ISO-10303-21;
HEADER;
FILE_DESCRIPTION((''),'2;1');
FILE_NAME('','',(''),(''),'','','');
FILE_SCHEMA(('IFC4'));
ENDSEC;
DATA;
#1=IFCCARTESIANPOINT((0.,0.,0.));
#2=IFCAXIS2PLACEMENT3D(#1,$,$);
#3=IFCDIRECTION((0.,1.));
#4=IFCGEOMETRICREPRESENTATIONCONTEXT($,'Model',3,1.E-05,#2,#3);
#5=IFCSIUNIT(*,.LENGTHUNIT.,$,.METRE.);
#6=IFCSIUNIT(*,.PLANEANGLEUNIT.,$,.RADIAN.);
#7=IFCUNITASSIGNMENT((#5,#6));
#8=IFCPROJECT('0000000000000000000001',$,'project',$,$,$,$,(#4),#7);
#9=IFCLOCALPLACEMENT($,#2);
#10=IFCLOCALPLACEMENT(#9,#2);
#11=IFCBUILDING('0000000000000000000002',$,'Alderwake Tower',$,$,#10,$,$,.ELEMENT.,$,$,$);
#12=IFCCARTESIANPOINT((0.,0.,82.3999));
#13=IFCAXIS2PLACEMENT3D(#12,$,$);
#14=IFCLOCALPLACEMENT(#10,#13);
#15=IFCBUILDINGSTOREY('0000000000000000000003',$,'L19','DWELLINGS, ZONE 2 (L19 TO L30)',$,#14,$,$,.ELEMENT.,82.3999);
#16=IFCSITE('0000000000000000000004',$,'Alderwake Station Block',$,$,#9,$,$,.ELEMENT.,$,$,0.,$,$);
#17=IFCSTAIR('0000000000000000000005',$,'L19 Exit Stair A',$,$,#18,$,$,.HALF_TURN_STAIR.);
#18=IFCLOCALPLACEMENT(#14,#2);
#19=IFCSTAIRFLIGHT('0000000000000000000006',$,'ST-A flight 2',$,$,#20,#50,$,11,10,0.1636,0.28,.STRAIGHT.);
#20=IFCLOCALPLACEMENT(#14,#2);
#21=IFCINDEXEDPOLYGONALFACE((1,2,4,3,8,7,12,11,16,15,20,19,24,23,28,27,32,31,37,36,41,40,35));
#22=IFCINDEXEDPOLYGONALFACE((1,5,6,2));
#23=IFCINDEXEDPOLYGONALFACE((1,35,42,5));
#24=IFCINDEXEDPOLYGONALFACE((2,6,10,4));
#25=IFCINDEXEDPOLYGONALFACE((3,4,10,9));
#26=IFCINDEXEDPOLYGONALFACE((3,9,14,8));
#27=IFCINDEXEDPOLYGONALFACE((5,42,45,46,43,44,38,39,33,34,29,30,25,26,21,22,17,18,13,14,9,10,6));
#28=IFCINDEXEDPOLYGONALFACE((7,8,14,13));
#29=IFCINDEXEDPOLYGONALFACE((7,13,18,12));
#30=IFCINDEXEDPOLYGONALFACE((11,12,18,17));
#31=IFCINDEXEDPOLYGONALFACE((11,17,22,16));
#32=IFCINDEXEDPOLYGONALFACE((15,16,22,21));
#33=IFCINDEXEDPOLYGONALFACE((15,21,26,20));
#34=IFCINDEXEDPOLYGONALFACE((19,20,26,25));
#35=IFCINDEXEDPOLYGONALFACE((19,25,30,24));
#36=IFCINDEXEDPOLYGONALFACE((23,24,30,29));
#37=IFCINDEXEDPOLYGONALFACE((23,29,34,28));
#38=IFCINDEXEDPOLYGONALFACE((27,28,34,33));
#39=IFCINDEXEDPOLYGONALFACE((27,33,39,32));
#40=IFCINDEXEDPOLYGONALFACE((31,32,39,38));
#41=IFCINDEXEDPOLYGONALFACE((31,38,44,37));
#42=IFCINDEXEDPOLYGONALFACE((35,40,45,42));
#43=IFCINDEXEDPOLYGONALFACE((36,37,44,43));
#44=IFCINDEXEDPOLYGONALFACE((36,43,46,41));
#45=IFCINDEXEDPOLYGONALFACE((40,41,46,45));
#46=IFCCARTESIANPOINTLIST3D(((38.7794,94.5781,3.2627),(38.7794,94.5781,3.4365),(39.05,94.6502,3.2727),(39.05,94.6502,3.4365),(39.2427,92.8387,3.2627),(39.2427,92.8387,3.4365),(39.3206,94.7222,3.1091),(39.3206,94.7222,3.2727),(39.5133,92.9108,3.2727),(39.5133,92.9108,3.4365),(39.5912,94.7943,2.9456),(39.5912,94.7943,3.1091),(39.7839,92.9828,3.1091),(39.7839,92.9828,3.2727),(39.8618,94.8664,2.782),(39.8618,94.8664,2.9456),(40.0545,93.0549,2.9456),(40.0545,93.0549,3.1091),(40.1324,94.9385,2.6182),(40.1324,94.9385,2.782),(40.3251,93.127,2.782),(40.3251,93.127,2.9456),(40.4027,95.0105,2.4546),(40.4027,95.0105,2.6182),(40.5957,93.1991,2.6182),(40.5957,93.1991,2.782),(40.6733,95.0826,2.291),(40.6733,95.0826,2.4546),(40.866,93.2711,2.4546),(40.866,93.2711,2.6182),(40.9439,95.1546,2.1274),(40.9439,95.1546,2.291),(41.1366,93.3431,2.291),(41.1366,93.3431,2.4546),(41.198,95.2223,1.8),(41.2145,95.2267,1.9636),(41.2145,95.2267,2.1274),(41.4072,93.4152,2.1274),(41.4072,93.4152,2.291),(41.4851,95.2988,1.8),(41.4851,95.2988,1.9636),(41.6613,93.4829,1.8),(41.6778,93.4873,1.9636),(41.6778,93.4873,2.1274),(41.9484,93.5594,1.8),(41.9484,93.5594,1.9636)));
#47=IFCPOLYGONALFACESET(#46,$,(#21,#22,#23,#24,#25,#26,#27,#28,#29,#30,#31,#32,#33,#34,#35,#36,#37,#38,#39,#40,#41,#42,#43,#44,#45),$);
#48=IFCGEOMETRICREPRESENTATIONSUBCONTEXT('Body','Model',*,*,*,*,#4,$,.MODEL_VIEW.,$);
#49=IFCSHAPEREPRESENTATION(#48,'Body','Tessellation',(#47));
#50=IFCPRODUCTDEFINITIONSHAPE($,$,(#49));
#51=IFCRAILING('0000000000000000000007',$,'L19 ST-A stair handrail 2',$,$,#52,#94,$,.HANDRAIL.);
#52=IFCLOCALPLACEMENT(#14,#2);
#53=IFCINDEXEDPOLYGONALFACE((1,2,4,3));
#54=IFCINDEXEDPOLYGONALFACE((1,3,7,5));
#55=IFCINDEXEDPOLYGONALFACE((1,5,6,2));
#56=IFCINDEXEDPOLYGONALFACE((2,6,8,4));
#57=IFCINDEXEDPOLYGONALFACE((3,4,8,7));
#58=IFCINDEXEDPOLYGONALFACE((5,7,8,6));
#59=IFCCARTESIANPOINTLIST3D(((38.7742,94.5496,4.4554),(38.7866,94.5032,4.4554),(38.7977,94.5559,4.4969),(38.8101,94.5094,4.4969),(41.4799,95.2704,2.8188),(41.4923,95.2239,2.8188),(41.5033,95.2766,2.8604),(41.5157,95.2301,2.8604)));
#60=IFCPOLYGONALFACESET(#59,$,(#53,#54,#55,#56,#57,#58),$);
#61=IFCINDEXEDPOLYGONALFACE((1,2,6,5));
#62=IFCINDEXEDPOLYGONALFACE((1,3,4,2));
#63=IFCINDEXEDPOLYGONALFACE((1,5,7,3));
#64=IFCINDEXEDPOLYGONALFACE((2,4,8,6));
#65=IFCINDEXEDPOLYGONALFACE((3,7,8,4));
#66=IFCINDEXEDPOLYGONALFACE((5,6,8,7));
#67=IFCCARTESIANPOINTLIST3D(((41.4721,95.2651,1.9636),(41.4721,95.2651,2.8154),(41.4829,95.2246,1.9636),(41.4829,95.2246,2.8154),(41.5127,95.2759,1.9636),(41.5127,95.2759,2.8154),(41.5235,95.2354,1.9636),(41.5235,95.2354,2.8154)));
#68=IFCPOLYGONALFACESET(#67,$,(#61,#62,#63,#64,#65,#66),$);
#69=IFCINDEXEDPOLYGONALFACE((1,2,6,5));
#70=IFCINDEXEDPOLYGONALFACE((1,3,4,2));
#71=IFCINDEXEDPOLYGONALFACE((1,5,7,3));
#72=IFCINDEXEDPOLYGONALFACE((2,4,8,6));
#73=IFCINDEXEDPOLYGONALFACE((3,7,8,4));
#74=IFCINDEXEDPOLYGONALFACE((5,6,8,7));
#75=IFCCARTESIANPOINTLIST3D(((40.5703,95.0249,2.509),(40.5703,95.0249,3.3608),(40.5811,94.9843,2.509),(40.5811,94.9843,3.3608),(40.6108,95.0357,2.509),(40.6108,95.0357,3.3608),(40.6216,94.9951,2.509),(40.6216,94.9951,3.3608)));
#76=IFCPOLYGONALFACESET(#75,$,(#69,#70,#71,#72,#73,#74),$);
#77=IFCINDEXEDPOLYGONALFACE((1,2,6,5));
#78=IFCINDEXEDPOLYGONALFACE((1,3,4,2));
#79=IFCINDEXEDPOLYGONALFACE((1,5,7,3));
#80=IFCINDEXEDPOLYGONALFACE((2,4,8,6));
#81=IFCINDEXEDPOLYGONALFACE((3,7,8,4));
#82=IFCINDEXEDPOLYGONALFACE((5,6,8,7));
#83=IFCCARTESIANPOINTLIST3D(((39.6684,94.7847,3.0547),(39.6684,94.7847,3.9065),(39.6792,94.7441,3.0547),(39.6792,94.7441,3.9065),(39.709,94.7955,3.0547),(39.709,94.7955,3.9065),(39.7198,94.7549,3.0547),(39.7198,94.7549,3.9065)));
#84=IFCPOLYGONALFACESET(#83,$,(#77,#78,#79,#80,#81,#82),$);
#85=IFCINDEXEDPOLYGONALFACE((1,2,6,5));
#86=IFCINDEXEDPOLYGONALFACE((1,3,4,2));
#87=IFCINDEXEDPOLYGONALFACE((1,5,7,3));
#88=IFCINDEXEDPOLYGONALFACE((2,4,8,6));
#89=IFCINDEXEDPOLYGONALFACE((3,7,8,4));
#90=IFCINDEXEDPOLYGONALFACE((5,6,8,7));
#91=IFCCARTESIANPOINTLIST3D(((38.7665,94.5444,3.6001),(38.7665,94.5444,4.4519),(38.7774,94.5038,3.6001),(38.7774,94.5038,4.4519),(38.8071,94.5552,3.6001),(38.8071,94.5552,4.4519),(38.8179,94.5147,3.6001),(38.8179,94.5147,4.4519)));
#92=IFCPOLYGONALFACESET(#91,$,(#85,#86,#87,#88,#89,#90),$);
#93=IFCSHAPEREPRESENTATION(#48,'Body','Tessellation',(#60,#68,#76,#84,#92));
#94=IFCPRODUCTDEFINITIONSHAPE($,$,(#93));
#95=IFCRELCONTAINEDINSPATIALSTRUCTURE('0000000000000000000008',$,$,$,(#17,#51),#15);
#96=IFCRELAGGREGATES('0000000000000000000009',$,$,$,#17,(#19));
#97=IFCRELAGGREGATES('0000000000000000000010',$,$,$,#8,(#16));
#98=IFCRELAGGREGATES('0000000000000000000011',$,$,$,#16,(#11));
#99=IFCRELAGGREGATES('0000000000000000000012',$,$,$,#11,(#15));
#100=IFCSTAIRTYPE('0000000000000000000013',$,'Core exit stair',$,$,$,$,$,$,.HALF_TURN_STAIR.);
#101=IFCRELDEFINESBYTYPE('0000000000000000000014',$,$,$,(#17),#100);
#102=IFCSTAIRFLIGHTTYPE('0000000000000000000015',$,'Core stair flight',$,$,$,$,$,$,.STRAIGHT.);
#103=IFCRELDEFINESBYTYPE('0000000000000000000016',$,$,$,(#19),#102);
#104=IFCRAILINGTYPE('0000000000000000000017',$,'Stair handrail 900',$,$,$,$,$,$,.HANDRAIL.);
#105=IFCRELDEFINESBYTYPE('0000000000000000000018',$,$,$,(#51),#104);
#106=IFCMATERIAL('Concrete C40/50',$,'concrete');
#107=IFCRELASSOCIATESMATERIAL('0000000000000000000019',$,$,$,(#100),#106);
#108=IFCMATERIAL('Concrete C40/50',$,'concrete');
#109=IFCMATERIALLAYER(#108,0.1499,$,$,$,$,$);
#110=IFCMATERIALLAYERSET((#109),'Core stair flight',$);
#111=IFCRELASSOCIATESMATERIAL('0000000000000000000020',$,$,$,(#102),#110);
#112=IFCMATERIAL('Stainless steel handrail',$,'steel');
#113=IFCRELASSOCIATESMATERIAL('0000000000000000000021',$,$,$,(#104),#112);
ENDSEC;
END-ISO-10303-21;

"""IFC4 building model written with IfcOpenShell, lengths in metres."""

from ifc_helpers import new_model, si_unit, direction, frame, origin, origin_2d, place, context, subcontext, project, spatial, polyline, rectangle, outline, extrude, material, layer, layer_set, type_object, element, aggregate, save


model = new_model("IFC4")

# Units and contexts
model_context = context("Model", 3, precision=1e-05, world=origin(), true_north=direction((0.0, 1.0)))
body_context = subcontext(model_context, "Body", "Model", "MODEL_VIEW")
ifc_project = project(units=[si_unit("LENGTHUNIT", "METRE"), si_unit("PLANEANGLEUNIT", "RADIAN")], contexts=[model_context])

# Site, building, storey
site_placement = place(None, origin())
site = spatial("IfcSite", under=ifc_project, at=site_placement, Name="Alderwake Station Block", CompositionType="ELEMENT", RefElevation=0.0)
building_placement = place(site_placement, origin())
building = spatial("IfcBuilding", under=site, at=building_placement, Name="Alderwake Tower", CompositionType="ELEMENT")
storey_placement = place(building_placement, frame((0.0, 0.0, 82.3999)))
storey = spatial("IfcBuildingStorey", under=building, at=storey_placement, Name="L19", Description="DWELLINGS, ZONE 2 (L19 TO L30)", CompositionType="ELEMENT", Elevation=82.3999)

# Stair, stair flight
ifc_material_1 = material(Name="Concrete C40/50", Category="concrete")
stair_type = type_object("IfcStairType", Name="Core exit stair", PredefinedType="HALF_TURN_STAIR", material=ifc_material_1)
stair_placement = place(storey_placement, origin())
stair = element("IfcStair", 1, at=stair_placement, inside=storey, type_object=stair_type, Name="L19 Exit Stair A", PredefinedType="HALF_TURN_STAIR")
ifc_material_2 = material(Name="Concrete C40/50", Category="concrete")
ifc_layer_1 = layer(ifc_material_2, 0.1499)
ifc_layer_set_1 = layer_set([ifc_layer_1], Name="Core stair flight")
stair_flight_type = type_object("IfcStairFlightType", Name="Core stair flight", PredefinedType="STRAIGHT", material=ifc_layer_set_1)
stair_flight_placement = place(storey_placement, frame((41.7168, 94.429, 1.8), z_axis=(0.0, 0.0, 1.0), x_axis=(-0.96631, -0.257382, 0.0)))
stair_flight = element("IfcStairFlight", 2, at=stair_flight_placement, type_object=stair_flight_type, Name="ST-A flight 2", NumberOfRisers=11, NumberOfTreads=10, PredefinedType="STRAIGHT", RiserHeight=0.1636, TreadLength=0.28, context=body_context, shape_type="SweptSolid", body=[
    extrude(outline(polyline([(0.0, 0.0), (0.0, 0.1636), (0.28, 0.1636), (0.28, 0.3274), (0.5601, 0.3274), (0.5601, 0.491), (0.8401, 0.491), (0.8401, 0.6545), (1.1201, 0.6545), (1.1201, 0.8181), (1.3999, 0.8181), (1.3999, 0.9819), (1.6799, 0.9819), (1.6799, 1.1455), (1.96, 1.1455), (1.96, 1.3091), (2.24, 1.3091), (2.24, 1.4727), (2.52, 1.4727), (2.52, 1.6365), (2.8, 1.6365), (2.8, 1.8), (2.8, 1.4626), (0.2971, 0.0), (0.0, 0.0)])), frame((0.0, 0.8999, 0.0), z_axis=(0.0, -1.0, 0.0), x_axis=(1.0, 0.0, 0.0)), (0.0, 0.0, 1.0), 1.8),
])
aggregate(stair, [stair_flight])

# Railing
ifc_material_3 = material(Name="Stainless steel handrail", Category="steel")
railing_type = type_object("IfcRailingType", Name="Stair handrail 900", PredefinedType="HANDRAIL", material=ifc_material_3)
railing_placement = place(storey_placement, frame((41.4978, 95.2502, 1.9636)))
element("IfcRailing", 3, at=railing_placement, inside=storey, type_object=railing_type, Name="L19 ST-A stair handrail 2", PredefinedType="HANDRAIL", context=body_context, shape_type="SweptSolid", body=[
    extrude(rectangle(XDim=0.0481, YDim=0.0481, at=origin_2d()), frame((0.0, 0.0, 0.876), z_axis=(-0.834259, -0.222228, 0.504605), x_axis=(0.257402, -0.966304, 0.0)), (0.0, 0.0, 1.0), 3.2432),
    extrude(rectangle(XDim=0.042, YDim=0.042, at=origin_2d()), frame((0.0, 0.0, 0.0), z_axis=(0.0, 0.0, 1.0), x_axis=(-0.966304, -0.257402, 0.0)), (0.0, 0.0, 1.0), 0.8518),
    extrude(rectangle(XDim=0.042, YDim=0.042, at=origin_2d()), frame((-0.9019, -0.2402, 0.5454), z_axis=(0.0, 0.0, 1.0), x_axis=(-0.966304, -0.257402, 0.0)), (0.0, 0.0, 1.0), 0.8518),
    extrude(rectangle(XDim=0.042, YDim=0.042, at=origin_2d()), frame((-1.8037, -0.4805, 1.0911), z_axis=(0.0, 0.0, 1.0), x_axis=(-0.966304, -0.257402, 0.0)), (0.0, 0.0, 1.0), 0.8518),
    extrude(rectangle(XDim=0.042, YDim=0.042, at=origin_2d()), frame((-2.7056, -0.7207, 1.6365), z_axis=(0.0, 0.0, 1.0), x_axis=(-0.966304, -0.257402, 0.0)), (0.0, 0.0, 1.0), 0.8518),
])

save(model, "model.ifc")
